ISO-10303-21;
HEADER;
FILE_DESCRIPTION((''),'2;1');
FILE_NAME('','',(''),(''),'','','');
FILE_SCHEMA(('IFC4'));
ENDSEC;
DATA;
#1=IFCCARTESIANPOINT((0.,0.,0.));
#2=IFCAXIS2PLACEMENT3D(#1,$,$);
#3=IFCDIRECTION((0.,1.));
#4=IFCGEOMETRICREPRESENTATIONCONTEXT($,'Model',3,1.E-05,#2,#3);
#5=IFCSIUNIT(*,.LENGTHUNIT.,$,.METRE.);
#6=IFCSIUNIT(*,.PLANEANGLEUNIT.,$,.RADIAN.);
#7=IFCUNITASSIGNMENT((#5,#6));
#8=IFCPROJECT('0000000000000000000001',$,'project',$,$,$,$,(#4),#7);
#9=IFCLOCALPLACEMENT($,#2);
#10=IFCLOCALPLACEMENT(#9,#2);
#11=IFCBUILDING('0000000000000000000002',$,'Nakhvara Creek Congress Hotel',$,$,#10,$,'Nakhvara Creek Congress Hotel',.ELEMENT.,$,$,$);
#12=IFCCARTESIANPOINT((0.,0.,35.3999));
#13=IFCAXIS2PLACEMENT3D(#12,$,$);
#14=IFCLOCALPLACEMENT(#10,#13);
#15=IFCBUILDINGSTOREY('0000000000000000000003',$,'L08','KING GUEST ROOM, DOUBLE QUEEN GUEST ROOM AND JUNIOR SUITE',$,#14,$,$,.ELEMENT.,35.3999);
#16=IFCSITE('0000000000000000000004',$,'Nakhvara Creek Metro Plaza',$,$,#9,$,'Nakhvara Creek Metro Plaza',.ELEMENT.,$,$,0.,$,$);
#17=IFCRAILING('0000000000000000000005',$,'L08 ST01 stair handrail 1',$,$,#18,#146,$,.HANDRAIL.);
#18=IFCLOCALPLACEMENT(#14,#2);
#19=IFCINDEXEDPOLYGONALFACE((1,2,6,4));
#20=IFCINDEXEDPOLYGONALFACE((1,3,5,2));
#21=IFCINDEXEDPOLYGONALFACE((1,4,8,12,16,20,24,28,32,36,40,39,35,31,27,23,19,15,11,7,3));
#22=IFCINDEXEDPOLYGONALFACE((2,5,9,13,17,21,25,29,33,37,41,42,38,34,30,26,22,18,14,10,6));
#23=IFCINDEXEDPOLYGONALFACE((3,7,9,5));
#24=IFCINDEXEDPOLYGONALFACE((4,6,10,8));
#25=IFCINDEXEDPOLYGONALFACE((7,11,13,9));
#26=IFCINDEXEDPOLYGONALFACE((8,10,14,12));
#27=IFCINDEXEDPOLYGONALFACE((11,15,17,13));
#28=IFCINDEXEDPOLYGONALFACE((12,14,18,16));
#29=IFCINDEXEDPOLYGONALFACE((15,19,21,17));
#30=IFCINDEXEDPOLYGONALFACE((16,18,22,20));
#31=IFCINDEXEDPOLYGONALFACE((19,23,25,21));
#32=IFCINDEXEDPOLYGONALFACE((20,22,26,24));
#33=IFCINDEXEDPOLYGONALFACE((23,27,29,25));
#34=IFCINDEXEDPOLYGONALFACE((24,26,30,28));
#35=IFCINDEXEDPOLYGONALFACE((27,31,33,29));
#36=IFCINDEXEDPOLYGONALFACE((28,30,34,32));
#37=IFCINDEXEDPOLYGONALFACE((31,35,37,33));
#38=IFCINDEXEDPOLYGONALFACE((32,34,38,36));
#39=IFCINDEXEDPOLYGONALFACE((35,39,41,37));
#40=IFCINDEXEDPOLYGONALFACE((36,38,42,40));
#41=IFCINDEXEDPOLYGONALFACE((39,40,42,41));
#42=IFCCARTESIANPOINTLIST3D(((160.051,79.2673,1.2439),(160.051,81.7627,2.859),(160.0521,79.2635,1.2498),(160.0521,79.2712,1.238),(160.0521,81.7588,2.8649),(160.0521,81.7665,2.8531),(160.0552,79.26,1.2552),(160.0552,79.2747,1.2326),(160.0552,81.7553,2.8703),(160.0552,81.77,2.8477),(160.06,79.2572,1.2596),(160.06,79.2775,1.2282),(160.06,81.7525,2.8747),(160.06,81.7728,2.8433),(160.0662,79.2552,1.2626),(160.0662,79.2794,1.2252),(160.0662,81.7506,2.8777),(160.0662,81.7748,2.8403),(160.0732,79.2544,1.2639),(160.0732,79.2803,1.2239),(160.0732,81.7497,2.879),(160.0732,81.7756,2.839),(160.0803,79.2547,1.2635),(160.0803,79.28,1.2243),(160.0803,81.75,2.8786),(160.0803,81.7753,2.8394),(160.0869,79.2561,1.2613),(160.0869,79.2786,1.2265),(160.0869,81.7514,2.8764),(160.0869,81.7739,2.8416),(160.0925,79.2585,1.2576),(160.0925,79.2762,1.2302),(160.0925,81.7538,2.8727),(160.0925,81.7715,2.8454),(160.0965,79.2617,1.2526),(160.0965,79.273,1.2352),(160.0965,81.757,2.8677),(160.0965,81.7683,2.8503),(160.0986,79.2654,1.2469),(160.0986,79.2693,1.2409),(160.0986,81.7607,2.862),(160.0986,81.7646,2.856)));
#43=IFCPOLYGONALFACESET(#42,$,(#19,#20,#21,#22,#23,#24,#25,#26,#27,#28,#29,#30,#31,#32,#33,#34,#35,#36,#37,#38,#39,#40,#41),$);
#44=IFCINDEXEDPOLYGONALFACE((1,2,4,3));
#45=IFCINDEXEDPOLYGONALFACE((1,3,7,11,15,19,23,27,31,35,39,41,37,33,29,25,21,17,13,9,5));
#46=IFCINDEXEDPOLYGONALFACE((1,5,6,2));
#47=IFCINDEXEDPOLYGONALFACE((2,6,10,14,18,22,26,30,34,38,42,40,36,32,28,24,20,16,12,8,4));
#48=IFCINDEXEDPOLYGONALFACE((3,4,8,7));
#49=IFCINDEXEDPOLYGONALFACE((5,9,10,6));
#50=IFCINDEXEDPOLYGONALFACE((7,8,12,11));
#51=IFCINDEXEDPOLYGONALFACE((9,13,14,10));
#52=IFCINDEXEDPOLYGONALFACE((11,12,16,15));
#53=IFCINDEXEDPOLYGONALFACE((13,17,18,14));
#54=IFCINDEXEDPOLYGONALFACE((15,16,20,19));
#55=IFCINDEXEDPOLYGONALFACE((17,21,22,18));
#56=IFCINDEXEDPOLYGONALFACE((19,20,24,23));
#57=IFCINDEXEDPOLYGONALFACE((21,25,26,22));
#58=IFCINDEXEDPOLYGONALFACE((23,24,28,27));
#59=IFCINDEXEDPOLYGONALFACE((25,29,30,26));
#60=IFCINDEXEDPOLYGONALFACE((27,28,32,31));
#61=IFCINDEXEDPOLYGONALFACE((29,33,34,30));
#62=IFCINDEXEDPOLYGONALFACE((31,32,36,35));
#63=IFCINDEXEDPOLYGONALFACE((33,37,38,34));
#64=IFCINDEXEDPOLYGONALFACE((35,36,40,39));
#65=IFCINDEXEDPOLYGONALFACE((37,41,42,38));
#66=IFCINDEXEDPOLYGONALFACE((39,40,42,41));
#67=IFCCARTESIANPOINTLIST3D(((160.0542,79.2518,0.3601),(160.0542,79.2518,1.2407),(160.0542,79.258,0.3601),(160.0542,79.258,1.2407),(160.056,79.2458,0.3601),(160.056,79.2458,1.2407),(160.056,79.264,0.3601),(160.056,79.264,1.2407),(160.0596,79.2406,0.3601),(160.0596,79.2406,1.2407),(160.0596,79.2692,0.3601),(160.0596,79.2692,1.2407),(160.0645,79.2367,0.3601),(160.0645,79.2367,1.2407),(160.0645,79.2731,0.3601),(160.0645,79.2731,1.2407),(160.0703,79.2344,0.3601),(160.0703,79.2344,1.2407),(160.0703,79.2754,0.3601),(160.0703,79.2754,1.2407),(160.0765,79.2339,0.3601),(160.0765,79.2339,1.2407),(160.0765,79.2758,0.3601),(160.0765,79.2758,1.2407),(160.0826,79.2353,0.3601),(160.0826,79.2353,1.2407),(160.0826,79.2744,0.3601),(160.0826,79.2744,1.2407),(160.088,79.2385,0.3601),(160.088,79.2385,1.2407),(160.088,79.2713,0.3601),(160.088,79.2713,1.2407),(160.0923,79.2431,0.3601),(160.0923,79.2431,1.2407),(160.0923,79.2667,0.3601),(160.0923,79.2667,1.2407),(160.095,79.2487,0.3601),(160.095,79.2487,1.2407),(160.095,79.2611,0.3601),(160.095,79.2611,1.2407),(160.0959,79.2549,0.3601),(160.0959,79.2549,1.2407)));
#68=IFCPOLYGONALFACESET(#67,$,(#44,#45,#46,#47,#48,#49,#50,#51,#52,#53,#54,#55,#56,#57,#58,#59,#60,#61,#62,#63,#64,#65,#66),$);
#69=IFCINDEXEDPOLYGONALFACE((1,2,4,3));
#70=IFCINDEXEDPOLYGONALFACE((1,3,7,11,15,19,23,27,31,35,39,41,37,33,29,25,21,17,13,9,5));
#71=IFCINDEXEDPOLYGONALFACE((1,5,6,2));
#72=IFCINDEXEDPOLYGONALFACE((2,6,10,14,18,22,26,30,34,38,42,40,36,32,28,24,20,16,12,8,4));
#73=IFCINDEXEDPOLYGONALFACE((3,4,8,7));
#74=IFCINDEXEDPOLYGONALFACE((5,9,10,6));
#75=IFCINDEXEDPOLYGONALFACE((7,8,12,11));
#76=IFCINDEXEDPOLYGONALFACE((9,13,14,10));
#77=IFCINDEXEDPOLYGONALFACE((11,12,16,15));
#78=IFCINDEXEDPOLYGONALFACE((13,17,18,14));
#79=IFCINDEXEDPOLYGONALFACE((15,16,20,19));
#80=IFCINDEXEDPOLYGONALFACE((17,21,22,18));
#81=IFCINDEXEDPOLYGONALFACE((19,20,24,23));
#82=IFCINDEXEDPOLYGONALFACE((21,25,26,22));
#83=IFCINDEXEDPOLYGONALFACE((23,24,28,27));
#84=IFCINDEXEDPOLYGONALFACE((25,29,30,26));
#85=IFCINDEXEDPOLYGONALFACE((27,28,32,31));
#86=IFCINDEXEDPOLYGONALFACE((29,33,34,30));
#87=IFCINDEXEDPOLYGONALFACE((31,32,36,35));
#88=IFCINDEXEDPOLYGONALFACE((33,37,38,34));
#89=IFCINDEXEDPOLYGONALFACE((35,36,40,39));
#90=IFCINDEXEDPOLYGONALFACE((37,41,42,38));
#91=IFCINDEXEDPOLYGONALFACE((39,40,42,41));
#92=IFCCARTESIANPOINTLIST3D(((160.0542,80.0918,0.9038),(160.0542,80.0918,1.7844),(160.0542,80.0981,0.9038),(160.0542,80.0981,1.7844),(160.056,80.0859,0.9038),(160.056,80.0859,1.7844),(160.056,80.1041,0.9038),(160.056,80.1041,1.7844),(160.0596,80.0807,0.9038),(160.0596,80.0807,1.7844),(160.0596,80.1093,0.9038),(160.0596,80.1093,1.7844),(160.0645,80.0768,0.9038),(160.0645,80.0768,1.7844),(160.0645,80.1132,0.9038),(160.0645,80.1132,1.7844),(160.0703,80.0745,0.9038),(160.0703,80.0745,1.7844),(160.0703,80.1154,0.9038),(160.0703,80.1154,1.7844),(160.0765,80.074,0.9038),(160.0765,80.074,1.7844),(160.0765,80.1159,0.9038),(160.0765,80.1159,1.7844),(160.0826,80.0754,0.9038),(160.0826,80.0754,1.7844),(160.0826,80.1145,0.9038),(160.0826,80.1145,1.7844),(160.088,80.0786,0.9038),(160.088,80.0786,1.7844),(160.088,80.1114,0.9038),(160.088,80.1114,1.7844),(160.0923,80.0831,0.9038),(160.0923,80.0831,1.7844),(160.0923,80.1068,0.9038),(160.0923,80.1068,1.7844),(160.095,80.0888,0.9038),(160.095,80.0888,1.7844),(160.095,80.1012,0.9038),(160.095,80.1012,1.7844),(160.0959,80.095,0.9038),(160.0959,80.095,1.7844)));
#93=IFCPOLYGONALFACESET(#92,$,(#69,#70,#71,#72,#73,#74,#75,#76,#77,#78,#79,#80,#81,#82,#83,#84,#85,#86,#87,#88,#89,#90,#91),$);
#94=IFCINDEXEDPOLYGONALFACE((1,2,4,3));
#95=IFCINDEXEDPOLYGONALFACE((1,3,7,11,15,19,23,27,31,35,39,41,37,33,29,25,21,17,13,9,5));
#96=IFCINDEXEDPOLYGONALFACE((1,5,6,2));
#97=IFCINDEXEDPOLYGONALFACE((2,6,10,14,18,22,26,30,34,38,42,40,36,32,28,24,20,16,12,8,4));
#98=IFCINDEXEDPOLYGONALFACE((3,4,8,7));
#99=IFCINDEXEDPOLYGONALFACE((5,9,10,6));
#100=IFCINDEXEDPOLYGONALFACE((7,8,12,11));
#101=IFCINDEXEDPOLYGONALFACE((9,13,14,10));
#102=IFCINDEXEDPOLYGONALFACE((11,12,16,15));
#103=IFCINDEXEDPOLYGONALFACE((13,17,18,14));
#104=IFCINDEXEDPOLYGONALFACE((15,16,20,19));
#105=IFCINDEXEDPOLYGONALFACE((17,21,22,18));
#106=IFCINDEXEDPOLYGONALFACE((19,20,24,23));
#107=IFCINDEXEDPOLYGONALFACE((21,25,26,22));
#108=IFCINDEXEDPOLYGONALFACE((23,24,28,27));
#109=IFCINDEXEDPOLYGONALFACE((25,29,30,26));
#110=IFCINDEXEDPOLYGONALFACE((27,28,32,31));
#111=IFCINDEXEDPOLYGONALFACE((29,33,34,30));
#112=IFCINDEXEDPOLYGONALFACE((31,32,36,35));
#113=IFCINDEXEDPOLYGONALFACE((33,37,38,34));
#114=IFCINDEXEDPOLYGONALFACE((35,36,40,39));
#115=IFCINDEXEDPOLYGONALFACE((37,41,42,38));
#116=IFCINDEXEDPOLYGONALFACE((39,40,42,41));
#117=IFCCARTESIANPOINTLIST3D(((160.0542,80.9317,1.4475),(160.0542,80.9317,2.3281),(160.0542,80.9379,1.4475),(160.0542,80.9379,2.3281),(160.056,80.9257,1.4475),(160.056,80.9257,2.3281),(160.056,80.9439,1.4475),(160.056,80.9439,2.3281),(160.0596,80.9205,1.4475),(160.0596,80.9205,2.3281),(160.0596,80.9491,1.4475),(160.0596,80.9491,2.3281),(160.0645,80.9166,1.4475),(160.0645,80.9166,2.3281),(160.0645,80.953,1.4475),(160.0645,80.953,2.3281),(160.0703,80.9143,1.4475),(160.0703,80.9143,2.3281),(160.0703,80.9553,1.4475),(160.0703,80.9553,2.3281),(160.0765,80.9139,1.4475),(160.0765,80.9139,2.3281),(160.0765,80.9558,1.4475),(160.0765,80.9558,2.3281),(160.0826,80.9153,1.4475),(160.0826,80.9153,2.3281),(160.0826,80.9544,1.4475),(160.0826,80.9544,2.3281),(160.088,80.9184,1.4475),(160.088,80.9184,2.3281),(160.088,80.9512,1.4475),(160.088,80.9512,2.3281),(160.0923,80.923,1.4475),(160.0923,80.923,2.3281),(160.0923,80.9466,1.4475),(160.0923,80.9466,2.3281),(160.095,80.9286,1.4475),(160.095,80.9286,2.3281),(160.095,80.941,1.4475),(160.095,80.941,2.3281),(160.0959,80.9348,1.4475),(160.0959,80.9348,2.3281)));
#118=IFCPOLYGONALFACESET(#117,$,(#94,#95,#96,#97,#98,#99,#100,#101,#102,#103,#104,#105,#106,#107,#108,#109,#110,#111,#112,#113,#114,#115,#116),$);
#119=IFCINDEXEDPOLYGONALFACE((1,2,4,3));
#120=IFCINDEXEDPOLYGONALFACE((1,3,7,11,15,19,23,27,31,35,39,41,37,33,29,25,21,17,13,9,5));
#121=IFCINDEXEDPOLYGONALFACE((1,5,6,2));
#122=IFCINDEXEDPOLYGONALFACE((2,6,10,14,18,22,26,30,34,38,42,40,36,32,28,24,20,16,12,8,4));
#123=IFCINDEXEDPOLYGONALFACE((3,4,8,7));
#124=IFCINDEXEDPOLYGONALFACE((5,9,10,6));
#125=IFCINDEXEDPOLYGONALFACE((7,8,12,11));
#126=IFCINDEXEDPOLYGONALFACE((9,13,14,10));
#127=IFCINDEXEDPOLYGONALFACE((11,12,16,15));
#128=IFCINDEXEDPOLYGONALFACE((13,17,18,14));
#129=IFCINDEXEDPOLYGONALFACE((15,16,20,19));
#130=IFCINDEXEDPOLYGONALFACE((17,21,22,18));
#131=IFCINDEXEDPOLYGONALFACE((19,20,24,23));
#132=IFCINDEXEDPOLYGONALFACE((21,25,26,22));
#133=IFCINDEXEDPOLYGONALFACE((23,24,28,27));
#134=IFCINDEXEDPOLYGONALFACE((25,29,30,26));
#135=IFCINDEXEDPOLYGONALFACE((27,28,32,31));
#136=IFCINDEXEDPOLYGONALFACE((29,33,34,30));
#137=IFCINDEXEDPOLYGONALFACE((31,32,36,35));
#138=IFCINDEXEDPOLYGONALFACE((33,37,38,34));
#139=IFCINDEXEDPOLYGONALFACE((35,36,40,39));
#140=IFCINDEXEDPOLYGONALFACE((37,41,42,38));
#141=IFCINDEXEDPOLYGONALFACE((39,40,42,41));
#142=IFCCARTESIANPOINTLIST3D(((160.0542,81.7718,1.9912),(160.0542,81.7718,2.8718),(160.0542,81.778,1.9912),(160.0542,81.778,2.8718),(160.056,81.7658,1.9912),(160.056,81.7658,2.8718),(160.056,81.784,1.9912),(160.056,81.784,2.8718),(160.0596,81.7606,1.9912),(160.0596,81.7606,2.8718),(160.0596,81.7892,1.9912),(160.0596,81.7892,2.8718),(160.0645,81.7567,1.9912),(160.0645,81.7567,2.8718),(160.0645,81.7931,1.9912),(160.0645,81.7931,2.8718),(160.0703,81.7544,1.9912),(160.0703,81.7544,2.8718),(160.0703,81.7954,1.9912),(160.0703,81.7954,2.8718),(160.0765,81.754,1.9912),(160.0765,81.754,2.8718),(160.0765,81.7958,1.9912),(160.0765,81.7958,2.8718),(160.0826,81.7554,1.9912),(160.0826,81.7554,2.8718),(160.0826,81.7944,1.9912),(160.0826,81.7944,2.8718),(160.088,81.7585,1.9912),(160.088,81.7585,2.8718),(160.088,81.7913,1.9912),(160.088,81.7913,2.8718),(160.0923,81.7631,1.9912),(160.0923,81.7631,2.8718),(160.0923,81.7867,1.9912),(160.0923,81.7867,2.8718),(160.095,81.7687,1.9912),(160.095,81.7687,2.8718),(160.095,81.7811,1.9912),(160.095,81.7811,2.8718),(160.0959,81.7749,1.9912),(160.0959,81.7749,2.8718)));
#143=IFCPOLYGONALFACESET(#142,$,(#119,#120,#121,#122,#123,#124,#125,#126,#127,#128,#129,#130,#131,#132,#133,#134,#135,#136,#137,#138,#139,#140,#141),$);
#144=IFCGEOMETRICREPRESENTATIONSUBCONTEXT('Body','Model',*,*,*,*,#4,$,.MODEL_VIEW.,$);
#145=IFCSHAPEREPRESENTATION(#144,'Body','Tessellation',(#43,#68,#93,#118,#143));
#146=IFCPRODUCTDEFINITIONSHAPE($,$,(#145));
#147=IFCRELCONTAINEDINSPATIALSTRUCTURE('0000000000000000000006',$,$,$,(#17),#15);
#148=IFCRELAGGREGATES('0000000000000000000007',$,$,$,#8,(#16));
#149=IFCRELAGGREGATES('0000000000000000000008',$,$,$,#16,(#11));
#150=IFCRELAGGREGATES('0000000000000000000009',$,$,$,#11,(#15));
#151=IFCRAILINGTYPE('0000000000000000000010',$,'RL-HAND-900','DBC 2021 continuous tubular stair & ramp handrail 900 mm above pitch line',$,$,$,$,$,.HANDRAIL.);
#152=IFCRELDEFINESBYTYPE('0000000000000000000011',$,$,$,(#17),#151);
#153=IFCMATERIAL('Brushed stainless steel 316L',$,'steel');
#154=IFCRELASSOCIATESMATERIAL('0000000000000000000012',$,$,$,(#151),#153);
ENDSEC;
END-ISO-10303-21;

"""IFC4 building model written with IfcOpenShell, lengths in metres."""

from ifc_helpers import new_model, si_unit, direction, frame, origin, origin_2d, place, context, subcontext, project, spatial, circle, extrude, material, type_object, element, save


model = new_model("IFC4")

# Units and contexts
model_context = context("Model", 3, precision=1e-05, world=origin(), true_north=direction((0.0, 1.0)))
body_context = subcontext(model_context, "Body", "Model", "MODEL_VIEW")
ifc_project = project(units=[si_unit("LENGTHUNIT", "METRE"), si_unit("PLANEANGLEUNIT", "RADIAN")], contexts=[model_context])

# Site, building, storey
site_placement = place(None, origin())
site = spatial("IfcSite", under=ifc_project, at=site_placement, Name="Nakhvara Creek Metro Plaza", LongName="Nakhvara Creek Metro Plaza", CompositionType="ELEMENT", RefElevation=0.0)
building_placement = place(site_placement, origin())
building = spatial("IfcBuilding", under=site, at=building_placement, Name="Nakhvara Creek Congress Hotel", LongName="Nakhvara Creek Congress Hotel", CompositionType="ELEMENT")
storey_placement = place(building_placement, frame((0.0, 0.0, 35.3999)))
storey = spatial("IfcBuildingStorey", under=building, at=storey_placement, Name="L08", Description="KING GUEST ROOM, DOUBLE QUEEN GUEST ROOM AND JUNIOR SUITE", CompositionType="ELEMENT", Elevation=35.3999)

# Railing
ifc_material_1 = material(Name="Brushed stainless steel 316L", Category="steel")
railing_type_1 = type_object("IfcRailingType", Name="RL-HAND-900", Description="DBC 2021 continuous tubular stair & ramp handrail 900 mm above pitch line", PredefinedType="HANDRAIL", material=ifc_material_1)
railing_1_placement = place(storey_placement, frame((160.075, 79.2549, 0.3601)))
element("IfcRailing", 1, at=railing_1_placement, inside=storey, type_object=railing_type_1, Name="L08 ST01 stair handrail 1", PredefinedType="HANDRAIL", context=body_context, shape_type="SweptSolid", body=[
    extrude(circle(Radius=0.0239, at=origin_2d()), frame((0.0, 0.0125, 0.8838), z_axis=(0.0, 0.839494, 0.543369), x_axis=(-1.0, 0.0, 0.0)), (0.0, 0.0, 1.0), 2.9724),
    extrude(circle(Radius=0.021, at=origin_2d()), origin(), (0.0, 0.0, 1.0), 0.8806),
    extrude(circle(Radius=0.021, at=origin_2d()), frame((0.0, 0.8401, 0.5437)), (0.0, 0.0, 1.0), 0.8806),
    extrude(circle(Radius=0.021, at=origin_2d()), frame((0.0, 1.6799, 1.0874)), (0.0, 0.0, 1.0), 0.8806),
    extrude(circle(Radius=0.021, at=origin_2d()), frame((0.0, 2.52, 1.6311)), (0.0, 0.0, 1.0), 0.8806),
])

save(model, "model.ifc")
